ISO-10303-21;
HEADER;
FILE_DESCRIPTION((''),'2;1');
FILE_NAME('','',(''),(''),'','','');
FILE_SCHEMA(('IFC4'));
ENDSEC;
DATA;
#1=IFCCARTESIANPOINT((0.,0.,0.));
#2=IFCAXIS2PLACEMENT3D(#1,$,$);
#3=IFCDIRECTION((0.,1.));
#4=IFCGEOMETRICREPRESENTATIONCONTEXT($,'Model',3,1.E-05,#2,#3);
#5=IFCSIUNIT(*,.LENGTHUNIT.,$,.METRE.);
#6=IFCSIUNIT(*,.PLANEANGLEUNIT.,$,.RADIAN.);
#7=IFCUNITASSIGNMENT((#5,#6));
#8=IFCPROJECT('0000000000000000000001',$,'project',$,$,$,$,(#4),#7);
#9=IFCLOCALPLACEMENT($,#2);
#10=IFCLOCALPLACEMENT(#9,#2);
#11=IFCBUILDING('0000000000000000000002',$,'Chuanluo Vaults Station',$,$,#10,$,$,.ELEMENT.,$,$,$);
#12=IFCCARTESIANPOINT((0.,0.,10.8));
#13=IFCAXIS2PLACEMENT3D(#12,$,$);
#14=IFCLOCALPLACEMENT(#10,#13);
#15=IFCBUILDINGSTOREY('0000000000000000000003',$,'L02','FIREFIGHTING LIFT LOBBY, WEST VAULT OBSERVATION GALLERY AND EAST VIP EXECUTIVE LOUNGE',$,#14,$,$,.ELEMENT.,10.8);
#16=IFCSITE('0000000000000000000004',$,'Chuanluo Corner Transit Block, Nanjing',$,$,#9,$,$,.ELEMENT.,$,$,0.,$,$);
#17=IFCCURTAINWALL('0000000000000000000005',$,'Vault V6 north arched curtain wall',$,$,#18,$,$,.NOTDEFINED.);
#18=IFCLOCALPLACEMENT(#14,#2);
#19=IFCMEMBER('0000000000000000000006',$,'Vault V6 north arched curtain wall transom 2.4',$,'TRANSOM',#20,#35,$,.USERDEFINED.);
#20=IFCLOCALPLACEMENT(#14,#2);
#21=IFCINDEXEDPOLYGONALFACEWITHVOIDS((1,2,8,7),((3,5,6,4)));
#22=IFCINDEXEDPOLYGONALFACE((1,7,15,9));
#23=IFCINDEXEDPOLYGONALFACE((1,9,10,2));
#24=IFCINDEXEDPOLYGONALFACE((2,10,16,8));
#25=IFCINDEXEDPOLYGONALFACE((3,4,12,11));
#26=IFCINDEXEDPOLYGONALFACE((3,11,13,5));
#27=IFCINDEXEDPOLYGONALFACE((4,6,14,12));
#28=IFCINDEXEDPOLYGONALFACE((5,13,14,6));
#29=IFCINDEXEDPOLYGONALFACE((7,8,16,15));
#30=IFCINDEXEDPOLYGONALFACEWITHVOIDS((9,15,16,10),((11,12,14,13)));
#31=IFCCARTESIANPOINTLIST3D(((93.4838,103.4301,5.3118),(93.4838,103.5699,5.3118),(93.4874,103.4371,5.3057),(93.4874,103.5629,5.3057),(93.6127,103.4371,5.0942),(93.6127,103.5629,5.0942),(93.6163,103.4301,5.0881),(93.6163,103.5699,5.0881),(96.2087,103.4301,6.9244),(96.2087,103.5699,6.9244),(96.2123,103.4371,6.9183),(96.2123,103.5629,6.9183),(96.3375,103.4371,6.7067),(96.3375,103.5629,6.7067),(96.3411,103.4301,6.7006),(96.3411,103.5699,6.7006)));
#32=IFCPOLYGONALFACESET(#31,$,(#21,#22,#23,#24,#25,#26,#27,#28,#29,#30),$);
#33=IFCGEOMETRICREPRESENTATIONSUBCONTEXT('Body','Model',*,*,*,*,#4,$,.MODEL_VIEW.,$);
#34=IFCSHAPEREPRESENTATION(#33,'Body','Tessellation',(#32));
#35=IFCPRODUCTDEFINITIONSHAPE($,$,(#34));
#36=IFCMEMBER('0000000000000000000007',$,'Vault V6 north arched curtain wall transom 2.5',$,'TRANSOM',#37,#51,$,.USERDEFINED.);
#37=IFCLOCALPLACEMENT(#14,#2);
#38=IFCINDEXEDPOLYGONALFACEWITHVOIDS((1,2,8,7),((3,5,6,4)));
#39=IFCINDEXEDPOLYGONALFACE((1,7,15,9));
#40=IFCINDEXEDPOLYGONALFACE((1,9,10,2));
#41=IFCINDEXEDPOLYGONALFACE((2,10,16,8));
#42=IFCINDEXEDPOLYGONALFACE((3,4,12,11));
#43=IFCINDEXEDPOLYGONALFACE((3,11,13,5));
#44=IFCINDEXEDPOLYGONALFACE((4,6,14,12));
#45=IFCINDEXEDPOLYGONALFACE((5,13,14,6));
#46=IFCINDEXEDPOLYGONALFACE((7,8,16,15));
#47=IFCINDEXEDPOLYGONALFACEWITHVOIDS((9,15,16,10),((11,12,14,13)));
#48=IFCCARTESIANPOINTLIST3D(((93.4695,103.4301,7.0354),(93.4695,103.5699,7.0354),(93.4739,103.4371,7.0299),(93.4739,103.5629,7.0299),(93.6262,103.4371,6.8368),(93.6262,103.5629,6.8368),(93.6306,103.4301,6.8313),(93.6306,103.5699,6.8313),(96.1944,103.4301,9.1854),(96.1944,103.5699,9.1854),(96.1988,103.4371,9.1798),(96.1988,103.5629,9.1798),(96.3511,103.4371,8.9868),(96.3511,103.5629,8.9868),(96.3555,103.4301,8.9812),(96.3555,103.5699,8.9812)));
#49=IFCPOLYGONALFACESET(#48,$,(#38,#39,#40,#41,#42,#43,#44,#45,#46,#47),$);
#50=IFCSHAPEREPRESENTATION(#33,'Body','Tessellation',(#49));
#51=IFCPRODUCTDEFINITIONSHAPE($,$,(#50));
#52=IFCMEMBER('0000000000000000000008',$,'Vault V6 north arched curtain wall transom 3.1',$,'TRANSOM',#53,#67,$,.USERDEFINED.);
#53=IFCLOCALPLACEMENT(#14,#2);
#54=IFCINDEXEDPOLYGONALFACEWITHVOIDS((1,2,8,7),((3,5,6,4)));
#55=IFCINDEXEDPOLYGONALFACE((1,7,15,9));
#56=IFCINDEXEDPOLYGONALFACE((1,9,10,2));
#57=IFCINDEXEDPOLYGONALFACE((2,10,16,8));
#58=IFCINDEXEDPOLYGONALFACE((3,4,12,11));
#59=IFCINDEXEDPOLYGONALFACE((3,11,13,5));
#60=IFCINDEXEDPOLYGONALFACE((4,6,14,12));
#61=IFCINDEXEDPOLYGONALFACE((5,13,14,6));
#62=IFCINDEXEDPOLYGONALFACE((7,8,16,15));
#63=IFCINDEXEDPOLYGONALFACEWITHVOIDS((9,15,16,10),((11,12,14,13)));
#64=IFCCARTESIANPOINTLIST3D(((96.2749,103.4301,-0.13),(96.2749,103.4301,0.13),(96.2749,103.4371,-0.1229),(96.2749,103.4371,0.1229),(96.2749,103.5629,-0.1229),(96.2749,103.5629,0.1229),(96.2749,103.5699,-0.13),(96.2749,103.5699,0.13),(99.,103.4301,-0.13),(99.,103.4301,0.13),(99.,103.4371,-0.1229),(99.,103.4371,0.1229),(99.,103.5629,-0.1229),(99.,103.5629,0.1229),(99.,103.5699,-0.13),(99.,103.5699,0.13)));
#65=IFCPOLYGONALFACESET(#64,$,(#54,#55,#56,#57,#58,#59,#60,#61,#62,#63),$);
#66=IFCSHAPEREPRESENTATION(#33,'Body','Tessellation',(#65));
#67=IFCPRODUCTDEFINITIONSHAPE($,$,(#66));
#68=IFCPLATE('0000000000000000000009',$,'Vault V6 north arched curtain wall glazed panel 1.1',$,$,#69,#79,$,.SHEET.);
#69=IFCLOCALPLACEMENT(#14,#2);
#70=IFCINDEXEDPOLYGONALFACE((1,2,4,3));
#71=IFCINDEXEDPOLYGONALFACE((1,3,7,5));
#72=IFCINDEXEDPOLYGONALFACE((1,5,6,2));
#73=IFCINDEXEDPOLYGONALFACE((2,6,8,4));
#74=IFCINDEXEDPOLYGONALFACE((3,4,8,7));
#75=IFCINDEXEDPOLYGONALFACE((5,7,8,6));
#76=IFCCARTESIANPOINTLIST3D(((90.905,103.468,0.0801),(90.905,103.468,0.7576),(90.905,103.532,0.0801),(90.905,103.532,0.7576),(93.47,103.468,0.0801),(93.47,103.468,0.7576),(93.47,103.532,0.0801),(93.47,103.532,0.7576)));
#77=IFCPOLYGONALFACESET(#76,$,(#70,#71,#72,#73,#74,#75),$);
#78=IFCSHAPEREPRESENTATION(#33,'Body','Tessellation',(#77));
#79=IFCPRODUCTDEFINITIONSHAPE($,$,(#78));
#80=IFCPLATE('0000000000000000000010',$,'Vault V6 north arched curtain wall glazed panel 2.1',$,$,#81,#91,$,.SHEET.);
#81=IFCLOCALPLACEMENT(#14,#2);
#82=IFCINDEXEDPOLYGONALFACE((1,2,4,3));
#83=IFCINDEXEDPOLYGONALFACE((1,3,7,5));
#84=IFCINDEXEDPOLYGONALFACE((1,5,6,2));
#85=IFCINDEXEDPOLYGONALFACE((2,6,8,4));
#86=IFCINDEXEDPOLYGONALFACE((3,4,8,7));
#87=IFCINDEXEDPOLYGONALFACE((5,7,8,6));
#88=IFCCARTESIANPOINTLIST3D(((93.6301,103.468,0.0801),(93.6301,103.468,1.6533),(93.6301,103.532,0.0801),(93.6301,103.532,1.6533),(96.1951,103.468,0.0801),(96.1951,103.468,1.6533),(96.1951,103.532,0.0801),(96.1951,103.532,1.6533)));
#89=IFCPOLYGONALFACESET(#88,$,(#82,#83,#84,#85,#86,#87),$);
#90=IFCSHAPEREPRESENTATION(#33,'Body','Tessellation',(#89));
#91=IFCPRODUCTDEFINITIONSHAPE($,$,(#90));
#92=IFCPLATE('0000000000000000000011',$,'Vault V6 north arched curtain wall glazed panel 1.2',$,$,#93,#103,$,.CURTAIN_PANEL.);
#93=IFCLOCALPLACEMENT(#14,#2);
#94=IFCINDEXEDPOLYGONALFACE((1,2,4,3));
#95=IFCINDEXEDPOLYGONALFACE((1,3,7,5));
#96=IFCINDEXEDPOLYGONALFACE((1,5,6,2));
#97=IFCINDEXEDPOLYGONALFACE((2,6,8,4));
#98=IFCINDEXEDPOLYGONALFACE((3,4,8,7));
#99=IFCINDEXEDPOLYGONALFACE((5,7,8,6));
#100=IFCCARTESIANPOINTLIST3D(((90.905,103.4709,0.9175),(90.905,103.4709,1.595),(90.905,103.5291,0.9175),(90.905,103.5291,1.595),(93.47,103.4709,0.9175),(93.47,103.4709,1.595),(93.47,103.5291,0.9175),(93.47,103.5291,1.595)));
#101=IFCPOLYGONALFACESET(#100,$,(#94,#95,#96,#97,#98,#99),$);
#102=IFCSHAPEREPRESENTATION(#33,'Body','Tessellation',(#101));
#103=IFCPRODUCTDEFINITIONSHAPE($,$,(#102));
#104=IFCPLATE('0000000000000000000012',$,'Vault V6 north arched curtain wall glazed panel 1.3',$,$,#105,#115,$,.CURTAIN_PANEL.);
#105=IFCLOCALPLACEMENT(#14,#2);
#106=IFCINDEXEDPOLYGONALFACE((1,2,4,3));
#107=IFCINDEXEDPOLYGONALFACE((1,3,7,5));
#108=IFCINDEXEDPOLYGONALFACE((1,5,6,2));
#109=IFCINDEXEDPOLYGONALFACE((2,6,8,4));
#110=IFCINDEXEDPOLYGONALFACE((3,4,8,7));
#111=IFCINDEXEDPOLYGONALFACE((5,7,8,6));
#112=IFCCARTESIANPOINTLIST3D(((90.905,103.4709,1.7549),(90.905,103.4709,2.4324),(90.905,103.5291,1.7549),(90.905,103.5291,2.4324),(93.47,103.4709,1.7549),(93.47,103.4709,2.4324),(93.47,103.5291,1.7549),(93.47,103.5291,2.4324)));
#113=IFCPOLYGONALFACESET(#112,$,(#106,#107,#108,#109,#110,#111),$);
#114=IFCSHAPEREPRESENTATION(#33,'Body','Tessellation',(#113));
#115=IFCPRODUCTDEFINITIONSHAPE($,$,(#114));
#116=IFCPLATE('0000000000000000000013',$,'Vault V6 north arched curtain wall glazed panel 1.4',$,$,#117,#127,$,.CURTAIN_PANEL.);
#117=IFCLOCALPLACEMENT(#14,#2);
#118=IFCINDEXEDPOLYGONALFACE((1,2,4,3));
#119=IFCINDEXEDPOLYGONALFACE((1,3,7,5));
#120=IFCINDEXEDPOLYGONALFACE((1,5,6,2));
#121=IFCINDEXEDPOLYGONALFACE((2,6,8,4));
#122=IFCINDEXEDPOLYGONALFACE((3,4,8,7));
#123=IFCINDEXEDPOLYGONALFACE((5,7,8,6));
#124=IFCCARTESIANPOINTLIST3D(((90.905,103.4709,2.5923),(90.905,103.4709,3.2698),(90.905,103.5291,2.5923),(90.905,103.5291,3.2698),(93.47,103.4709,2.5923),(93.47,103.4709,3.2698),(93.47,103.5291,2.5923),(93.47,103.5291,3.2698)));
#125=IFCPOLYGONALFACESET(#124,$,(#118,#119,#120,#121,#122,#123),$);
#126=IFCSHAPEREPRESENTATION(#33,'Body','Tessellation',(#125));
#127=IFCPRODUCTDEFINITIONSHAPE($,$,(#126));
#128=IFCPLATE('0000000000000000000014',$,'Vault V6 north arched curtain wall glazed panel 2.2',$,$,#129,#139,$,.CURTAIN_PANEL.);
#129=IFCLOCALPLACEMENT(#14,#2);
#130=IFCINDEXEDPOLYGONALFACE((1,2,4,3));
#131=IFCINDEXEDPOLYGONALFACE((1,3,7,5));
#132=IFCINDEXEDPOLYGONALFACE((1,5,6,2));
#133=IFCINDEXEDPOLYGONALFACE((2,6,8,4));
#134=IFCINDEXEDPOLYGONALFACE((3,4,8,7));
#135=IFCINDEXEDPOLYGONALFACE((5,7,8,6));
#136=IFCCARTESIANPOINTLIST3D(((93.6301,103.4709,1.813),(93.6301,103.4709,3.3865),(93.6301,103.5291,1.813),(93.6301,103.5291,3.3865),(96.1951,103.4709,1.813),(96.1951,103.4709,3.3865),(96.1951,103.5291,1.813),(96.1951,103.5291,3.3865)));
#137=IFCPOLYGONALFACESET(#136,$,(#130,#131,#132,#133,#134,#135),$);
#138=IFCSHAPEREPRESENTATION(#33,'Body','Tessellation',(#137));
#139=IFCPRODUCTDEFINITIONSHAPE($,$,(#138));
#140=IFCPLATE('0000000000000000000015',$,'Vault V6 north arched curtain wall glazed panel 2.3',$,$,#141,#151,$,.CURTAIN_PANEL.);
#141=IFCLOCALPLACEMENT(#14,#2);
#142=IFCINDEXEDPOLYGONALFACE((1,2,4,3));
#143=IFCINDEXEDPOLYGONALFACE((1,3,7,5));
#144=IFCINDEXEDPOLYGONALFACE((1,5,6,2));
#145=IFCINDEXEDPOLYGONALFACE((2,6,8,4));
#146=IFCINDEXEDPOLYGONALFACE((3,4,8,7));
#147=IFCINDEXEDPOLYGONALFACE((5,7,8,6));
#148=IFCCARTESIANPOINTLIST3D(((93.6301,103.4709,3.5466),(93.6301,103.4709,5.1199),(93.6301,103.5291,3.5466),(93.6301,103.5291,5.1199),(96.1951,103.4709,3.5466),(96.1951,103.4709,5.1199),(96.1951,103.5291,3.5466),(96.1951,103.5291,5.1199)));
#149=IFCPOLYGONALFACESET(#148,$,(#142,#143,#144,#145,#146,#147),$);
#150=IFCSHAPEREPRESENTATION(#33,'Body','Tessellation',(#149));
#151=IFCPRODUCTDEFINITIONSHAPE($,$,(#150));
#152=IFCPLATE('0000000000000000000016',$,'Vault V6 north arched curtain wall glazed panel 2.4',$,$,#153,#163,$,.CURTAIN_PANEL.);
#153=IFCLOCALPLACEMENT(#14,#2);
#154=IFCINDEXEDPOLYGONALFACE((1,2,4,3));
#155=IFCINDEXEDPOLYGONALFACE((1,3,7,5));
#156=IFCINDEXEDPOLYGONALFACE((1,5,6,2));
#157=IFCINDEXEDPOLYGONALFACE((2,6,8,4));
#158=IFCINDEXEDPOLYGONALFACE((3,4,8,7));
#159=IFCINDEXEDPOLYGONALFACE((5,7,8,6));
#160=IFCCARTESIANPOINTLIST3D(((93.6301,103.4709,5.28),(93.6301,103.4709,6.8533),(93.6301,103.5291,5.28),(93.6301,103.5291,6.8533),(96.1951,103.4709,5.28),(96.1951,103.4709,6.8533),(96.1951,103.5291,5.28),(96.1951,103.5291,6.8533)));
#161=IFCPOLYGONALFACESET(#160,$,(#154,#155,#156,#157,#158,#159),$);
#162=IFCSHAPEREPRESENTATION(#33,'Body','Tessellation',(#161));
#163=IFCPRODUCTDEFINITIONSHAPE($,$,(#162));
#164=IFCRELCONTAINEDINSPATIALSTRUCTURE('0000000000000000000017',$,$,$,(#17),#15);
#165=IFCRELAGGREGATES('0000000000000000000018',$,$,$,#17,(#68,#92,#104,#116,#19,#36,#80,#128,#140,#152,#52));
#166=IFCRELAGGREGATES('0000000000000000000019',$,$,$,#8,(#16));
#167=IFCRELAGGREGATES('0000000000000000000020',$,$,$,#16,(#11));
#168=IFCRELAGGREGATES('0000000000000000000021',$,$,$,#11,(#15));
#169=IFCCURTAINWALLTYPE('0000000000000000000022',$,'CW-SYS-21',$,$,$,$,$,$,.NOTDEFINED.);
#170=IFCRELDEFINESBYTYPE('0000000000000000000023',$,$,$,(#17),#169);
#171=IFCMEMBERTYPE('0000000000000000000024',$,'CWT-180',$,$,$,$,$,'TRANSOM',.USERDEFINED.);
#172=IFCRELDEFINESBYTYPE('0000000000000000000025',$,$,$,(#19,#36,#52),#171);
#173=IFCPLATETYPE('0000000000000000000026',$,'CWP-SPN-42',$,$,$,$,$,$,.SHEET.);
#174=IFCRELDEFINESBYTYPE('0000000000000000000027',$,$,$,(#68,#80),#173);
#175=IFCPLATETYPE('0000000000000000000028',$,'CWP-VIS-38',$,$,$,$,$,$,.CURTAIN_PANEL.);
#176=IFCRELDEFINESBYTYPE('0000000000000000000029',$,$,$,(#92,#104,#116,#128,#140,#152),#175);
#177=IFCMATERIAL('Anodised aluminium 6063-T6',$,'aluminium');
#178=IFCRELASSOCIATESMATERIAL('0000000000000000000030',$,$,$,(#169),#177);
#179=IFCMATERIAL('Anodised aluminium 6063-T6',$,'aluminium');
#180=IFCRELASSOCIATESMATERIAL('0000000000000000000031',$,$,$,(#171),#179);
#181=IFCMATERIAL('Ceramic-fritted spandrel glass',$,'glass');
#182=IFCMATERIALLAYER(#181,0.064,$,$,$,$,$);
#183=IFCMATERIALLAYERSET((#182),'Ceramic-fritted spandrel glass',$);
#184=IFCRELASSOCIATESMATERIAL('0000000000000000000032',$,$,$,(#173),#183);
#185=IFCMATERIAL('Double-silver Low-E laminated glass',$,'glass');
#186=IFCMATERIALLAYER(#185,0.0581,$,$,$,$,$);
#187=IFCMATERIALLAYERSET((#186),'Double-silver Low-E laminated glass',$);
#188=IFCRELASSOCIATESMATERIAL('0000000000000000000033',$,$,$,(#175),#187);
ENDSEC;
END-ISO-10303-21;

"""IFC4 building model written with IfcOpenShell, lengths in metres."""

from ifc_helpers import new_model, si_unit, direction, frame, origin, origin_2d, place, context, subcontext, project, spatial, rectangle, hollow_rectangle, extrude, material, layer, layer_set, material_profile, profile_set, type_object, element, aggregate, save


model = new_model("IFC4")

# Units and contexts
model_context = context("Model", 3, precision=1e-05, world=origin(), true_north=direction((0.0, 1.0)))
body_context = subcontext(model_context, "Body", "Model", "MODEL_VIEW")
ifc_project = project(units=[si_unit("LENGTHUNIT", "METRE"), si_unit("PLANEANGLEUNIT", "RADIAN")], contexts=[model_context])

# Site, building, storey
site_placement = place(None, origin())
site = spatial("IfcSite", under=ifc_project, at=site_placement, Name="Chuanluo Corner Transit Block, Nanjing", CompositionType="ELEMENT", RefElevation=0.0)
building_placement = place(site_placement, origin())
building = spatial("IfcBuilding", under=site, at=building_placement, Name="Chuanluo Vaults Station", CompositionType="ELEMENT")
storey_placement = place(building_placement, frame((0.0, 0.0, 10.8)))
storey = spatial("IfcBuildingStorey", under=building, at=storey_placement, Name="L02", Description="FIREFIGHTING LIFT LOBBY, WEST VAULT OBSERVATION GALLERY AND EAST VIP EXECUTIVE LOUNGE", CompositionType="ELEMENT", Elevation=10.8)

# Curtain wall, members, plates
ifc_material_1 = material(Name="Anodised aluminium 6063-T6", Category="aluminium")
curtain_wall_type = type_object("IfcCurtainWallType", Name="CW-SYS-21", PredefinedType="NOTDEFINED", material=ifc_material_1)
curtain_wall_placement = place(storey_placement, origin())
curtain_wall = element("IfcCurtainWall", 1, at=curtain_wall_placement, inside=storey, type_object=curtain_wall_type, Name="Vault V6 north arched curtain wall", PredefinedType="NOTDEFINED")
ifc_material_2 = material(Name="Anodised aluminium 6063-T6", Category="aluminium")
ifc_material_profile_1 = material_profile(ifc_material_2, hollow_rectangle(XDim=0.1399, YDim=0.26, WallThickness=0.0071, at=origin_2d()))
ifc_profile_set_1 = profile_set([ifc_material_profile_1], Name="Anodised aluminium 6063-T6")
member_type_1 = type_object("IfcMemberType", Name="CWT-180", ElementType="TRANSOM", PredefinedType="USERDEFINED", material=ifc_profile_set_1)
member_1_placement = place(storey_placement, frame((93.55, 103.5, 5.2), z_axis=(0.860593, 0.0, 0.509293), x_axis=(0.0, 1.0, 0.0)))
member_1 = element("IfcMember", 2, at=member_1_placement, type_object=member_type_1, Name="Vault V6 north arched curtain wall transom 2.4", ObjectType="TRANSOM", PredefinedType="USERDEFINED", context=body_context, shape_type="SweptSolid", body=[
    extrude(hollow_rectangle(XDim=0.1399, YDim=0.26, WallThickness=0.0071, at=origin_2d()), origin(), (0.0, 0.0, 1.0), 3.1663),
])
member_2_placement = place(storey_placement, frame((93.55, 103.5, 6.9333), z_axis=(0.785065, 0.0, 0.619414), x_axis=(0.0, 1.0, 0.0)))
member_2 = element("IfcMember", 3, at=member_2_placement, type_object=member_type_1, Name="Vault V6 north arched curtain wall transom 2.5", ObjectType="TRANSOM", PredefinedType="USERDEFINED", context=body_context, shape_type="SweptSolid", body=[
    extrude(hollow_rectangle(XDim=0.1399, YDim=0.26, WallThickness=0.0071, at=origin_2d()), origin(), (0.0, 0.0, 1.0), 3.4709),
])
member_3_placement = place(storey_placement, frame((96.2749, 103.5, 0.0), z_axis=(1.0, 0.0, 0.0), x_axis=(0.0, 1.0, 0.0)))
member_3 = element("IfcMember", 4, at=member_3_placement, type_object=member_type_1, Name="Vault V6 north arched curtain wall transom 3.1", ObjectType="TRANSOM", PredefinedType="USERDEFINED", context=body_context, shape_type="SweptSolid", body=[
    extrude(hollow_rectangle(XDim=0.1399, YDim=0.26, WallThickness=0.0071, at=origin_2d()), origin(), (0.0, 0.0, 1.0), 2.7251),
])
ifc_material_3 = material(Name="Ceramic-fritted spandrel glass", Category="glass")
ifc_layer_1 = layer(ifc_material_3, 0.064)
ifc_layer_set_1 = layer_set([ifc_layer_1], Name="Ceramic-fritted spandrel glass")
plate_type_1 = type_object("IfcPlateType", Name="CWP-SPN-42", PredefinedType="SHEET", material=ifc_layer_set_1)
plate_1_placement = place(storey_placement, frame((92.1875, 103.5, 0.0801), z_axis=(0.0, 0.0, 1.0), x_axis=(1.0, 0.0, 0.0)))
plate_1 = element("IfcPlate", 5, at=plate_1_placement, type_object=plate_type_1, Name="Vault V6 north arched curtain wall glazed panel 1.1", PredefinedType="SHEET", context=body_context, shape_type="SweptSolid", body=[
    extrude(rectangle(XDim=2.5649, YDim=0.064, at=origin_2d()), origin(), (0.0, 0.0, 1.0), 0.6775),
])
plate_2_placement = place(storey_placement, frame((94.9126, 103.5, 0.0801), z_axis=(0.0, 0.0, 1.0), x_axis=(1.0, 0.0, 0.0)))
plate_2 = element("IfcPlate", 6, at=plate_2_placement, type_object=plate_type_1, Name="Vault V6 north arched curtain wall glazed panel 2.1", PredefinedType="SHEET", context=body_context, shape_type="SweptSolid", body=[
    extrude(rectangle(XDim=2.5649, YDim=0.064, at=origin_2d()), origin(), (0.0, 0.0, 1.0), 1.5732),
])
ifc_material_4 = material(Name="Double-silver Low-E laminated glass", Category="glass")
ifc_layer_2 = layer(ifc_material_4, 0.0581)
ifc_layer_set_2 = layer_set([ifc_layer_2], Name="Double-silver Low-E laminated glass")
plate_type_2 = type_object("IfcPlateType", Name="CWP-VIS-38", PredefinedType="CURTAIN_PANEL", material=ifc_layer_set_2)
plate_3_placement = place(storey_placement, frame((92.1875, 103.5, 0.9175), z_axis=(0.0, 0.0, 1.0), x_axis=(1.0, 0.0, 0.0)))
plate_3 = element("IfcPlate", 7, at=plate_3_placement, type_object=plate_type_2, Name="Vault V6 north arched curtain wall glazed panel 1.2", PredefinedType="CURTAIN_PANEL", context=body_context, shape_type="SweptSolid", body=[
    extrude(rectangle(XDim=2.5649, YDim=0.0581, at=origin_2d()), origin(), (0.0, 0.0, 1.0), 0.6775),
])
plate_4_placement = place(storey_placement, frame((92.1875, 103.5, 1.7549), z_axis=(0.0, 0.0, 1.0), x_axis=(1.0, 0.0, 0.0)))
plate_4 = element("IfcPlate", 8, at=plate_4_placement, type_object=plate_type_2, Name="Vault V6 north arched curtain wall glazed panel 1.3", PredefinedType="CURTAIN_PANEL", context=body_context, shape_type="SweptSolid", body=[
    extrude(rectangle(XDim=2.5649, YDim=0.0581, at=origin_2d()), origin(), (0.0, 0.0, 1.0), 0.6775),
])
plate_5_placement = place(storey_placement, frame((92.1875, 103.5, 2.5923), z_axis=(0.0, 0.0, 1.0), x_axis=(1.0, 0.0, 0.0)))
plate_5 = element("IfcPlate", 9, at=plate_5_placement, type_object=plate_type_2, Name="Vault V6 north arched curtain wall glazed panel 1.4", PredefinedType="CURTAIN_PANEL", context=body_context, shape_type="SweptSolid", body=[
    extrude(rectangle(XDim=2.5649, YDim=0.0581, at=origin_2d()), origin(), (0.0, 0.0, 1.0), 0.6775),
])
plate_6_placement = place(storey_placement, frame((94.9126, 103.5, 1.813), z_axis=(0.0, 0.0, 1.0), x_axis=(1.0, 0.0, 0.0)))
plate_6 = element("IfcPlate", 10, at=plate_6_placement, type_object=plate_type_2, Name="Vault V6 north arched curtain wall glazed panel 2.2", PredefinedType="CURTAIN_PANEL", context=body_context, shape_type="SweptSolid", body=[
    extrude(rectangle(XDim=2.5649, YDim=0.0581, at=origin_2d()), origin(), (0.0, 0.0, 1.0), 1.5735),
])
plate_7_placement = place(storey_placement, frame((94.9126, 103.5, 3.5466), z_axis=(0.0, 0.0, 1.0), x_axis=(1.0, 0.0, 0.0)))
plate_7 = element("IfcPlate", 11, at=plate_7_placement, type_object=plate_type_2, Name="Vault V6 north arched curtain wall glazed panel 2.3", PredefinedType="CURTAIN_PANEL", context=body_context, shape_type="SweptSolid", body=[
    extrude(rectangle(XDim=2.5649, YDim=0.0581, at=origin_2d()), origin(), (0.0, 0.0, 1.0), 1.5732),
])
plate_8_placement = place(storey_placement, frame((94.9126, 103.5, 5.28), z_axis=(0.0, 0.0, 1.0), x_axis=(1.0, 0.0, 0.0)))
plate_8 = element("IfcPlate", 12, at=plate_8_placement, type_object=plate_type_2, Name="Vault V6 north arched curtain wall glazed panel 2.4", PredefinedType="CURTAIN_PANEL", context=body_context, shape_type="SweptSolid", body=[
    extrude(rectangle(XDim=2.5649, YDim=0.0581, at=origin_2d()), origin(), (0.0, 0.0, 1.0), 1.5732),
])
aggregate(curtain_wall, [plate_1, plate_3, plate_4, plate_5, member_1, member_2, plate_2, plate_6, plate_7, plate_8, member_3])

save(model, "model.ifc")
